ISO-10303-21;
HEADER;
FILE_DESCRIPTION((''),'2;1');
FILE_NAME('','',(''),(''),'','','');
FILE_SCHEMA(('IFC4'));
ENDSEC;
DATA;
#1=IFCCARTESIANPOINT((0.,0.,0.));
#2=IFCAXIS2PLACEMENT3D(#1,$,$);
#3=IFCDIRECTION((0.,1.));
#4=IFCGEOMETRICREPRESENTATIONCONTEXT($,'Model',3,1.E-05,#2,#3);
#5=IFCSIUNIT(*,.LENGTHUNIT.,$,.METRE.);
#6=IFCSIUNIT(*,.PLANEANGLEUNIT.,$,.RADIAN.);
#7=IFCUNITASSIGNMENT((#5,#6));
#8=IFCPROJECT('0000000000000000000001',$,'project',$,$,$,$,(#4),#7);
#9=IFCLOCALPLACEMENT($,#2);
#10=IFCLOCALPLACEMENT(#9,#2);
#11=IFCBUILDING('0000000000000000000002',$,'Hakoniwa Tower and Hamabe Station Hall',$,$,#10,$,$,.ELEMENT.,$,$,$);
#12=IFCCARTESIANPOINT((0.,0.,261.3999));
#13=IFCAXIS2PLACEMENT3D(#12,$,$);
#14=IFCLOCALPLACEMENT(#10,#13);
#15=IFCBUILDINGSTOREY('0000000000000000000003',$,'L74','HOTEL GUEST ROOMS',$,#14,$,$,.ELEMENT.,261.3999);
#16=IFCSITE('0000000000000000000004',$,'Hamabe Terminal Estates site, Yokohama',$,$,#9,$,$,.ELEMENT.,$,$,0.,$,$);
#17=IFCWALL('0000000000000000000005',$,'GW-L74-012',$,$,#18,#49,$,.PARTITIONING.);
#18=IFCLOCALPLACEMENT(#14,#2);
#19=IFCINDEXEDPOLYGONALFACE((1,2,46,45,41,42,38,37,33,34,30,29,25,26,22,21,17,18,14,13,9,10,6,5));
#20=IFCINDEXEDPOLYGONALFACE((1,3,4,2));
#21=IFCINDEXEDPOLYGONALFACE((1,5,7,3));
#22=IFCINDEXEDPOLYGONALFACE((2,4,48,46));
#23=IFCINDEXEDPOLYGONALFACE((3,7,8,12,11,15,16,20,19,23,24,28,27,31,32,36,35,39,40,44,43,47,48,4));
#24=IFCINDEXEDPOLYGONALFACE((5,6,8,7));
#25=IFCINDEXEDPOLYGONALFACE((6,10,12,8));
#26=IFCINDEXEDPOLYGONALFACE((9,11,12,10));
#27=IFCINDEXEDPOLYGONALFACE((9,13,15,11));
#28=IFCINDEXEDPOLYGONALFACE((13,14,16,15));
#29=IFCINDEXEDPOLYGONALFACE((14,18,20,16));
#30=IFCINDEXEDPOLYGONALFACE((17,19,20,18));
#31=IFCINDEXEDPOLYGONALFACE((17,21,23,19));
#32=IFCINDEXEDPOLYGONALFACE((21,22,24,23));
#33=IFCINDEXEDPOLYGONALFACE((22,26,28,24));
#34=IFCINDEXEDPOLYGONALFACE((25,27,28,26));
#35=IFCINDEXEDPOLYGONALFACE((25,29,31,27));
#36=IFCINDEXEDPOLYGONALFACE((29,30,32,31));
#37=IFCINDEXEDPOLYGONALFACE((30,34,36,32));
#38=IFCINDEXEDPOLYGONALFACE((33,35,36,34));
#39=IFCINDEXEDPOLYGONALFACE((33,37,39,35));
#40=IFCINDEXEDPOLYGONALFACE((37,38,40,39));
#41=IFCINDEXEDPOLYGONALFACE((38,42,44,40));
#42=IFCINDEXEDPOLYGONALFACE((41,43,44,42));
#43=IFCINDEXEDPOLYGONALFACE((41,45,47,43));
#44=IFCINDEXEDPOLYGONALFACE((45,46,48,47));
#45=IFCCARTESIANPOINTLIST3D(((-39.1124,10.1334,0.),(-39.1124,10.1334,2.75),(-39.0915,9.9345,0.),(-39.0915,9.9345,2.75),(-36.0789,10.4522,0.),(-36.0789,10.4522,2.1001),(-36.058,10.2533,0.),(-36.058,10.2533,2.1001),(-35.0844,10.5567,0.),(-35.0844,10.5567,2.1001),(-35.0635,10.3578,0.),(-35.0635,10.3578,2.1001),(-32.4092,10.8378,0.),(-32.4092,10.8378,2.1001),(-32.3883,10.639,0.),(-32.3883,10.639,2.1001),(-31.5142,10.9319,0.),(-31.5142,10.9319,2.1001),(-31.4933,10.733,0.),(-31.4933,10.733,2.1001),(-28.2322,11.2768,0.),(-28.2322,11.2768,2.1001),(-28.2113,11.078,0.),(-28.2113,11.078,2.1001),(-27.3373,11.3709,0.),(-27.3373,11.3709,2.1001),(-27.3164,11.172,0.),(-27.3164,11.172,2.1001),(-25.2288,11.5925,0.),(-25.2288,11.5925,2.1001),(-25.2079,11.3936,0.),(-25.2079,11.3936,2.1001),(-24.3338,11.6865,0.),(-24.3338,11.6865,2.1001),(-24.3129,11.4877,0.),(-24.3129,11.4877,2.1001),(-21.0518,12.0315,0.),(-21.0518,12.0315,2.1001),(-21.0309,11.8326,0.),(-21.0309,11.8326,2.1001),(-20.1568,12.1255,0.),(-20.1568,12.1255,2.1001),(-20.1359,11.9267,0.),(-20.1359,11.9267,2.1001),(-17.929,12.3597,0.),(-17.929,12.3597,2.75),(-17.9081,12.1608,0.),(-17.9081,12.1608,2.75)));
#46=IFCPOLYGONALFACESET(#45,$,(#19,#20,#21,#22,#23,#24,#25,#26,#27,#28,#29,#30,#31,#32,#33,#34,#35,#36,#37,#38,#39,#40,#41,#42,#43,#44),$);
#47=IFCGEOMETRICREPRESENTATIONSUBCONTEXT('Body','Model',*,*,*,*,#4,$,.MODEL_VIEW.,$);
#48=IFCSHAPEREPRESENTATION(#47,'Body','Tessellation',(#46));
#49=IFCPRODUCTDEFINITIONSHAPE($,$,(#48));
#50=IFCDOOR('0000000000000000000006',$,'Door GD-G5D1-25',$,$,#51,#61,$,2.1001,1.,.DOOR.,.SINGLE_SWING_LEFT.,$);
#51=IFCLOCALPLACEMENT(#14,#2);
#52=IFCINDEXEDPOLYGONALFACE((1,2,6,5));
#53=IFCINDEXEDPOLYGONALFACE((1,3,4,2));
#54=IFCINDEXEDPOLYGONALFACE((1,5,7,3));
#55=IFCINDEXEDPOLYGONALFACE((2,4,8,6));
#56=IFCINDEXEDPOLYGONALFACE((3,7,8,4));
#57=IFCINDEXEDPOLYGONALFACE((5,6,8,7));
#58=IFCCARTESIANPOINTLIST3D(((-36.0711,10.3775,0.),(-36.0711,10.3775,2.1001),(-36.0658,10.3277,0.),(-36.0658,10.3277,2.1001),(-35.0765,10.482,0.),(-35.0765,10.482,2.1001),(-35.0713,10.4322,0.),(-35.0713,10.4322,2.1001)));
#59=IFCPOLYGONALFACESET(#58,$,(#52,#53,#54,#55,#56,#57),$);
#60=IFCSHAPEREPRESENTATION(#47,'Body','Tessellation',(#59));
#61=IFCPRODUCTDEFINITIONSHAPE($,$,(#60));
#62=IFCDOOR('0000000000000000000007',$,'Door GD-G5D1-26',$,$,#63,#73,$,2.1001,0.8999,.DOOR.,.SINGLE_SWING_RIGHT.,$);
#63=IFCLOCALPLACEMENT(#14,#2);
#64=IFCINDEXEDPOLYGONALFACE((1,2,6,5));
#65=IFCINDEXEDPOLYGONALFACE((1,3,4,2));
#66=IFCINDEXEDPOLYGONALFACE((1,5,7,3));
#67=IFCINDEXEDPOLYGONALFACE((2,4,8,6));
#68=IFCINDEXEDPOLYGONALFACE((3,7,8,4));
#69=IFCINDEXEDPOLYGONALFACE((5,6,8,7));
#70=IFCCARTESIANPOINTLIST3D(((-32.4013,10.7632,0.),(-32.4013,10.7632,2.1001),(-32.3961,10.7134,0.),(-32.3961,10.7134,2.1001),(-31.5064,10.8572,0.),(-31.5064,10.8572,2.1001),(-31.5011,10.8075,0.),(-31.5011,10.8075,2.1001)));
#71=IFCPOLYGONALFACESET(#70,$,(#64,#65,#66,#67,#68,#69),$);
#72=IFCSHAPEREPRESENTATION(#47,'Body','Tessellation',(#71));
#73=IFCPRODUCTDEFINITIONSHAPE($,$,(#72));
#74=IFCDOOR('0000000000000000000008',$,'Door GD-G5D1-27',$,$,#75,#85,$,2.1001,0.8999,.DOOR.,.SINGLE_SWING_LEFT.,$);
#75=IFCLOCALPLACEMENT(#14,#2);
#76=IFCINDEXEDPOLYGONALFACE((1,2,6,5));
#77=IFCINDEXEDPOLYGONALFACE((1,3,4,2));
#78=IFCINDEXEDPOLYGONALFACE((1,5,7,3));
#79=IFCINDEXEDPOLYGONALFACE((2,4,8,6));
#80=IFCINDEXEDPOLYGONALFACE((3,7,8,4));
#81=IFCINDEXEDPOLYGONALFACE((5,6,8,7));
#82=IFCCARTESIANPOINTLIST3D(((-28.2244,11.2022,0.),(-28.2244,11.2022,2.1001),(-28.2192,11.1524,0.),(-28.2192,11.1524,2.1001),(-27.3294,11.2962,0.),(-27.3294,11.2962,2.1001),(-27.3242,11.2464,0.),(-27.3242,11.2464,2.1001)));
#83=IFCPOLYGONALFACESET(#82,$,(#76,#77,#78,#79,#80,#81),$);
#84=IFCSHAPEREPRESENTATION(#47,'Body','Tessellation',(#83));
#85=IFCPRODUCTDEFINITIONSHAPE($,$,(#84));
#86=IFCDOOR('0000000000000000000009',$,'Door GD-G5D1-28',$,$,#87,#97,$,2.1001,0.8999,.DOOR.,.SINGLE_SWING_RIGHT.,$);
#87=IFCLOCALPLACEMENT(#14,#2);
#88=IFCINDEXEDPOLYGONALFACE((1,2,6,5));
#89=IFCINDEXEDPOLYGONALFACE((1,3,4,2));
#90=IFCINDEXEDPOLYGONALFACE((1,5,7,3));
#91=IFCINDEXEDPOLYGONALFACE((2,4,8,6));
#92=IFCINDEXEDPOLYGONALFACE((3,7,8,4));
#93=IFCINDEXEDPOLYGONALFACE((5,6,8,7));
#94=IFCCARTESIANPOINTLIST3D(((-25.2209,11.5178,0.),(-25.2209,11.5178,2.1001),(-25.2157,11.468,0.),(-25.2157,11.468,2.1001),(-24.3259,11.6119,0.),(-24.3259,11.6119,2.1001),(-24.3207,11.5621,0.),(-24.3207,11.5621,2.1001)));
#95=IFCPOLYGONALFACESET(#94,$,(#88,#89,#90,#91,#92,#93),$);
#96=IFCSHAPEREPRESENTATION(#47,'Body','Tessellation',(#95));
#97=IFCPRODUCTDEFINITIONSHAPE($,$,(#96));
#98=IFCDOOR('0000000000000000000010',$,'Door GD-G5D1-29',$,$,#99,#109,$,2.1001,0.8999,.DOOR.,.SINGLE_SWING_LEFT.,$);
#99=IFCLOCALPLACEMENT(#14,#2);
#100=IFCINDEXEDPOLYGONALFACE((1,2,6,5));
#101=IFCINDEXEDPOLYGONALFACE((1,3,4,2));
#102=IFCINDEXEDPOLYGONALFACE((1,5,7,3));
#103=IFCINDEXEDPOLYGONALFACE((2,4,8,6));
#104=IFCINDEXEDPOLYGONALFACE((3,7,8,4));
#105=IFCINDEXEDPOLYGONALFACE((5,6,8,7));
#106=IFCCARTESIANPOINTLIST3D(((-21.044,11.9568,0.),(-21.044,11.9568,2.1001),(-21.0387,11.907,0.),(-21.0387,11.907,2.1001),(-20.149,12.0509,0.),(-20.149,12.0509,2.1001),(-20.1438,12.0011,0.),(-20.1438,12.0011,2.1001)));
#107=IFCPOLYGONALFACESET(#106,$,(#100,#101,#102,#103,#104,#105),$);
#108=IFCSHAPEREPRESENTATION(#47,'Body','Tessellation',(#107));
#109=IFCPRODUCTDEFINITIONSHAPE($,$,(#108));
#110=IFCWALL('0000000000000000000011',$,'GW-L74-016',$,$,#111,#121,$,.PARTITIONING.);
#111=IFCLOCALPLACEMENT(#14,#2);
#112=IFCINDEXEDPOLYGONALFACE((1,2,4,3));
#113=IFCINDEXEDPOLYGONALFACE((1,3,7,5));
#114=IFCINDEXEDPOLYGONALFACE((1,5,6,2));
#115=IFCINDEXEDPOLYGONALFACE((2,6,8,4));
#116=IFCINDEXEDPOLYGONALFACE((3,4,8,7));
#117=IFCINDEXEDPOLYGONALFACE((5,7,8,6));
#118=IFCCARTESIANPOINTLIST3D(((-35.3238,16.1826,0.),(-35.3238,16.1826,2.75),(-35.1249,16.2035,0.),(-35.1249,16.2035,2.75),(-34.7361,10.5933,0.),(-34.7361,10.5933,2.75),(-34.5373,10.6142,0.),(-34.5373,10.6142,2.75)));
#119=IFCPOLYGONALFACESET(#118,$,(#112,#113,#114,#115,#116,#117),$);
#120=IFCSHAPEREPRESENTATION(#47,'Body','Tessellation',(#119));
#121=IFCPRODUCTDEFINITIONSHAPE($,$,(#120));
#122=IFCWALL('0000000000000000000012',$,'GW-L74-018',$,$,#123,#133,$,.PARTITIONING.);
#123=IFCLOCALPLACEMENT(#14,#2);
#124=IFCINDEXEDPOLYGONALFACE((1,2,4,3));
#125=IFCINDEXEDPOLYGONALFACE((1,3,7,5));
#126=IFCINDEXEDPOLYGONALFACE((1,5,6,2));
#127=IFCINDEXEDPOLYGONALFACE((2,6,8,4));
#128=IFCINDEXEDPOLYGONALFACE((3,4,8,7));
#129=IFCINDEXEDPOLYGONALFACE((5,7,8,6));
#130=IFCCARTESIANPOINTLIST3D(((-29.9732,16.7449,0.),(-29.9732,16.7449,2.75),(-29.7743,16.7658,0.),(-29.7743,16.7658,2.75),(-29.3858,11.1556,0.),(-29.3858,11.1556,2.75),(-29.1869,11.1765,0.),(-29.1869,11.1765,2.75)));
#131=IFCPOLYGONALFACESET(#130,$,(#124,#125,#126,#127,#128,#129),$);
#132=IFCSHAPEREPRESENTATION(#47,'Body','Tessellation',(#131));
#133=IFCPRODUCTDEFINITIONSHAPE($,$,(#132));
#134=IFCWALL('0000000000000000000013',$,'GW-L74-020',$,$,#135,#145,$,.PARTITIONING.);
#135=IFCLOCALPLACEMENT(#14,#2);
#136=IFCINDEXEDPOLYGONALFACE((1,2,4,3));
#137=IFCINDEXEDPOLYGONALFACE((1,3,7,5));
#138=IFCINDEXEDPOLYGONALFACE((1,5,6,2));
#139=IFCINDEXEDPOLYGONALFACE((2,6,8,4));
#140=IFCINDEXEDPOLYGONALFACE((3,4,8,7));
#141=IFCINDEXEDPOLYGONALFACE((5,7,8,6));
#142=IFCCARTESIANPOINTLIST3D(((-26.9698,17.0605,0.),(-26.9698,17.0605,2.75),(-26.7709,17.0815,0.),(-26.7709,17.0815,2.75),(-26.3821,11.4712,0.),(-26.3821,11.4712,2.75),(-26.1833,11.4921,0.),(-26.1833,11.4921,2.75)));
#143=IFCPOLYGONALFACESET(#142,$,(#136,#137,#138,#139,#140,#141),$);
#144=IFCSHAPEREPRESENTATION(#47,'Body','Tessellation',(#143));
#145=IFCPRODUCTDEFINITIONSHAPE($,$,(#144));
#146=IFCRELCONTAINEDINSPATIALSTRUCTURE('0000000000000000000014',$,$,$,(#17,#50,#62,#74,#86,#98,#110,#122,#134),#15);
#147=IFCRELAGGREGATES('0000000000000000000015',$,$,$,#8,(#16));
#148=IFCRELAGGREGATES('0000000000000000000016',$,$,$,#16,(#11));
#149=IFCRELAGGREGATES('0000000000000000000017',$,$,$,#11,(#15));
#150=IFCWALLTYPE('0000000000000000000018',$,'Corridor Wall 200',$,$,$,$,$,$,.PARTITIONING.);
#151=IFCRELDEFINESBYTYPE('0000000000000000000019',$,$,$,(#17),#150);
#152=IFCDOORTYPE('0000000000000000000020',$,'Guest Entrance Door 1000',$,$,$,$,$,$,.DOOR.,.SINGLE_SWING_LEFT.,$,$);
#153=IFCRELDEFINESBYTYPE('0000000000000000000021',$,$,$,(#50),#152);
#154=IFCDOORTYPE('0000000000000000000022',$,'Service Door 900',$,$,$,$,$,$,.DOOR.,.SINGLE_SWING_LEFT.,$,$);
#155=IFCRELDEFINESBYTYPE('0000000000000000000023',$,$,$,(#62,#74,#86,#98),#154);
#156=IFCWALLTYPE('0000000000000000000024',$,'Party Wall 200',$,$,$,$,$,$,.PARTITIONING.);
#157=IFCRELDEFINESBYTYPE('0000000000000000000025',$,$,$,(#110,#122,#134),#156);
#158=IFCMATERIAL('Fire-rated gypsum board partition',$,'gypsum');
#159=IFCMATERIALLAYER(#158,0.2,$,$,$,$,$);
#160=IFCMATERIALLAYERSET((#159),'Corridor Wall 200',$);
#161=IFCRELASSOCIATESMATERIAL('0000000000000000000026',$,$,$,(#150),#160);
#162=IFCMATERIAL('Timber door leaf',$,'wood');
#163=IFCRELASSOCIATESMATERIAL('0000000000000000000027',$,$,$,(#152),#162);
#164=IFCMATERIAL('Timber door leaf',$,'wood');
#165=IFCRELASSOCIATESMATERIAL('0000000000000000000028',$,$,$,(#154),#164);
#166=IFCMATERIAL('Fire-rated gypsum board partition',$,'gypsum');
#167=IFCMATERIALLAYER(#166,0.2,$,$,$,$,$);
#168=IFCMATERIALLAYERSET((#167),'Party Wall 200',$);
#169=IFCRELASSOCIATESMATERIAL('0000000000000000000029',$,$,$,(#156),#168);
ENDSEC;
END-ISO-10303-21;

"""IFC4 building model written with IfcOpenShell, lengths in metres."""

from ifc_helpers import new_model, si_unit, direction, frame, frame_2d, origin, place, context, subcontext, project, spatial, rectangle, extrude, material, layer, layer_set, type_object, element, fill, save


model = new_model("IFC4")

# Units and contexts
model_context = context("Model", 3, precision=1e-05, world=origin(), true_north=direction((0.0, 1.0)))
body_context = subcontext(model_context, "Body", "Model", "MODEL_VIEW")
ifc_project = project(units=[si_unit("LENGTHUNIT", "METRE"), si_unit("PLANEANGLEUNIT", "RADIAN")], contexts=[model_context])

# Site, building, storey
site_placement = place(None, origin())
site = spatial("IfcSite", under=ifc_project, at=site_placement, Name="Hamabe Terminal Estates site, Yokohama", CompositionType="ELEMENT", RefElevation=0.0)
building_placement = place(site_placement, origin())
building = spatial("IfcBuilding", under=site, at=building_placement, Name="Hakoniwa Tower and Hamabe Station Hall", CompositionType="ELEMENT")
storey_placement = place(building_placement, frame((0.0, 0.0, 261.3999)))
storey = spatial("IfcBuildingStorey", under=building, at=storey_placement, Name="L74", Description="HOTEL GUEST ROOMS", CompositionType="ELEMENT", Elevation=261.3999)

# Wall, openings, doors
ifc_material_1 = material(Name="Fire-rated gypsum board partition", Category="gypsum")
ifc_layer_1 = layer(ifc_material_1, 0.2)
ifc_layer_set_1 = layer_set([ifc_layer_1], Name="Corridor Wall 200")
wall_type_1 = type_object("IfcWallType", Name="Corridor Wall 200", PredefinedType="PARTITIONING", material=ifc_layer_set_1)
wall_1_placement = place(storey_placement, frame((-39.1018, 10.0339, 0.0), z_axis=(0.0, 0.0, 1.0), x_axis=(0.994523, 0.104522, 0.0)))
wall_1 = element("IfcWall", 1, at=wall_1_placement, inside=storey, type_object=wall_type_1, Name="GW-L74-012", PredefinedType="PARTITIONING", context=body_context, shape_type="SweptSolid", body=[
    extrude(rectangle(XDim=21.3, YDim=0.2, at=frame_2d((10.6499, 0.0))), origin(), (0.0, 0.0, 1.0), 2.75),
])
opening_1_placement = place(wall_1_placement, frame((3.05, 0.0, 0.0)))
opening_1 = element("IfcOpeningElement", 2, at=opening_1_placement, cuts=wall_1, PredefinedType="OPENING", context=body_context, shape_type="SweptSolid", body=[
    extrude(rectangle(XDim=1.0, YDim=2.1001, at=frame_2d((0.5, 1.05))), frame((0.0, 0.1099, 0.0), z_axis=(0.0, -1.0, 0.0), x_axis=(1.0, 0.0, 0.0)), (0.0, 0.0, 1.0), 0.22),
])
opening_2_placement = place(wall_1_placement, frame((6.74, 0.0, 0.0)))
opening_2 = element("IfcOpeningElement", 3, at=opening_2_placement, cuts=wall_1, PredefinedType="OPENING", context=body_context, shape_type="SweptSolid", body=[
    extrude(rectangle(XDim=0.8999, YDim=2.1001, at=frame_2d((0.45, 1.05))), frame((0.0, 0.1099, 0.0), z_axis=(0.0, -1.0, 0.0), x_axis=(1.0, 0.0, 0.0)), (0.0, 0.0, 1.0), 0.22),
])
opening_3_placement = place(wall_1_placement, frame((10.9399, 0.0, 0.0)))
opening_3 = element("IfcOpeningElement", 4, at=opening_3_placement, cuts=wall_1, PredefinedType="OPENING", context=body_context, shape_type="SweptSolid", body=[
    extrude(rectangle(XDim=0.8999, YDim=2.1001, at=frame_2d((0.45, 1.05))), frame((0.0, 0.1099, 0.0), z_axis=(0.0, -1.0, 0.0), x_axis=(1.0, 0.0, 0.0)), (0.0, 0.0, 1.0), 0.22),
])
opening_4_placement = place(wall_1_placement, frame((13.96, 0.0, 0.0)))
opening_4 = element("IfcOpeningElement", 5, at=opening_4_placement, cuts=wall_1, PredefinedType="OPENING", context=body_context, shape_type="SweptSolid", body=[
    extrude(rectangle(XDim=0.8999, YDim=2.1001, at=frame_2d((0.45, 1.05))), frame((0.0, 0.1099, 0.0), z_axis=(0.0, -1.0, 0.0), x_axis=(1.0, 0.0, 0.0)), (0.0, 0.0, 1.0), 0.22),
])
opening_5_placement = place(wall_1_placement, frame((18.1599, 0.0, 0.0)))
opening_5 = element("IfcOpeningElement", 6, at=opening_5_placement, cuts=wall_1, PredefinedType="OPENING", context=body_context, shape_type="SweptSolid", body=[
    extrude(rectangle(XDim=0.8999, YDim=2.1001, at=frame_2d((0.45, 1.05))), frame((0.0, 0.1099, 0.0), z_axis=(0.0, -1.0, 0.0), x_axis=(1.0, 0.0, 0.0)), (0.0, 0.0, 1.0), 0.22),
])
ifc_material_2 = material(Name="Timber door leaf", Category="wood")
door_type_1 = type_object("IfcDoorType", Name="Guest Entrance Door 1000", OperationType="SINGLE_SWING_LEFT", PredefinedType="DOOR", material=ifc_material_2)
door_1_placement = place(opening_1_placement, origin())
door_1 = element("IfcDoor", 7, at=door_1_placement, inside=storey, type_object=door_type_1, Name="Door GD-G5D1-25", OperationType="SINGLE_SWING_LEFT", OverallHeight=2.1001, OverallWidth=1.0, PredefinedType="DOOR", context=body_context, shape_type="SweptSolid", body=[
    extrude(rectangle(XDim=1.0, YDim=2.1001, at=frame_2d((0.5, 1.05))), frame((0.0, 0.0249, 0.0), z_axis=(0.0, -1.0, 0.0), x_axis=(1.0, 0.0, 0.0)), (0.0, 0.0, 1.0), 0.05),
])
fill(opening_1, door_1)
ifc_material_3 = material(Name="Timber door leaf", Category="wood")
door_type_2 = type_object("IfcDoorType", Name="Service Door 900", OperationType="SINGLE_SWING_LEFT", PredefinedType="DOOR", material=ifc_material_3)
door_2_placement = place(opening_2_placement, origin())
door_2 = element("IfcDoor", 8, at=door_2_placement, inside=storey, type_object=door_type_2, Name="Door GD-G5D1-26", OperationType="SINGLE_SWING_RIGHT", OverallHeight=2.1001, OverallWidth=0.8999, PredefinedType="DOOR", context=body_context, shape_type="SweptSolid", body=[
    extrude(rectangle(XDim=0.8999, YDim=2.1001, at=frame_2d((0.45, 1.05))), frame((0.0, 0.0249, 0.0), z_axis=(0.0, -1.0, 0.0), x_axis=(1.0, 0.0, 0.0)), (0.0, 0.0, 1.0), 0.05),
])
fill(opening_2, door_2)
door_3_placement = place(opening_3_placement, origin())
door_3 = element("IfcDoor", 9, at=door_3_placement, inside=storey, type_object=door_type_2, Name="Door GD-G5D1-27", OperationType="SINGLE_SWING_LEFT", OverallHeight=2.1001, OverallWidth=0.8999, PredefinedType="DOOR", context=body_context, shape_type="SweptSolid", body=[
    extrude(rectangle(XDim=0.8999, YDim=2.1001, at=frame_2d((0.45, 1.05))), frame((0.0, 0.0249, 0.0), z_axis=(0.0, -1.0, 0.0), x_axis=(1.0, 0.0, 0.0)), (0.0, 0.0, 1.0), 0.05),
])
fill(opening_3, door_3)
door_4_placement = place(opening_4_placement, origin())
door_4 = element("IfcDoor", 10, at=door_4_placement, inside=storey, type_object=door_type_2, Name="Door GD-G5D1-28", OperationType="SINGLE_SWING_RIGHT", OverallHeight=2.1001, OverallWidth=0.8999, PredefinedType="DOOR", context=body_context, shape_type="SweptSolid", body=[
    extrude(rectangle(XDim=0.8999, YDim=2.1001, at=frame_2d((0.45, 1.05))), frame((0.0, 0.0249, 0.0), z_axis=(0.0, -1.0, 0.0), x_axis=(1.0, 0.0, 0.0)), (0.0, 0.0, 1.0), 0.05),
])
fill(opening_4, door_4)
door_5_placement = place(opening_5_placement, origin())
door_5 = element("IfcDoor", 11, at=door_5_placement, inside=storey, type_object=door_type_2, Name="Door GD-G5D1-29", OperationType="SINGLE_SWING_LEFT", OverallHeight=2.1001, OverallWidth=0.8999, PredefinedType="DOOR", context=body_context, shape_type="SweptSolid", body=[
    extrude(rectangle(XDim=0.8999, YDim=2.1001, at=frame_2d((0.45, 1.05))), frame((0.0, 0.0249, 0.0), z_axis=(0.0, -1.0, 0.0), x_axis=(1.0, 0.0, 0.0)), (0.0, 0.0, 1.0), 0.05),
])
fill(opening_5, door_5)

# Walls
ifc_material_4 = material(Name="Fire-rated gypsum board partition", Category="gypsum")
ifc_layer_2 = layer(ifc_material_4, 0.2)
ifc_layer_set_2 = layer_set([ifc_layer_2], Name="Party Wall 200")
wall_type_2 = type_object("IfcWallType", Name="Party Wall 200", PredefinedType="PARTITIONING", material=ifc_layer_set_2)
for number, where, z_axis, x_axis, name in (
    (12, (-34.6367, 10.6038, 0.0), (0.0, 0.0, 1.0), (-0.10456, 0.994519, 0.0), "GW-L74-016"),
    (13, (-29.2864, 11.166, 0.0), (0.0, 0.0, 1.0), (-0.104517, 0.994523, 0.0), "GW-L74-018"),
    (14, (-26.2827, 11.4817, 0.0), (0.0, 0.0, 1.0), (-0.10456, 0.994519, 0.0), "GW-L74-020"),
):
    element("IfcWall", number, at=place(storey_placement, frame(where, z_axis=z_axis, x_axis=x_axis)), inside=storey, type_object=wall_type_2, Name=name, PredefinedType="PARTITIONING", context=body_context, shape_type="SweptSolid", body=[
        extrude(rectangle(XDim=5.6201, YDim=0.2, at=frame_2d((2.8101, 0.0))), origin(), (0.0, 0.0, 1.0), 2.75),
    ])

save(model, "model.ifc")
